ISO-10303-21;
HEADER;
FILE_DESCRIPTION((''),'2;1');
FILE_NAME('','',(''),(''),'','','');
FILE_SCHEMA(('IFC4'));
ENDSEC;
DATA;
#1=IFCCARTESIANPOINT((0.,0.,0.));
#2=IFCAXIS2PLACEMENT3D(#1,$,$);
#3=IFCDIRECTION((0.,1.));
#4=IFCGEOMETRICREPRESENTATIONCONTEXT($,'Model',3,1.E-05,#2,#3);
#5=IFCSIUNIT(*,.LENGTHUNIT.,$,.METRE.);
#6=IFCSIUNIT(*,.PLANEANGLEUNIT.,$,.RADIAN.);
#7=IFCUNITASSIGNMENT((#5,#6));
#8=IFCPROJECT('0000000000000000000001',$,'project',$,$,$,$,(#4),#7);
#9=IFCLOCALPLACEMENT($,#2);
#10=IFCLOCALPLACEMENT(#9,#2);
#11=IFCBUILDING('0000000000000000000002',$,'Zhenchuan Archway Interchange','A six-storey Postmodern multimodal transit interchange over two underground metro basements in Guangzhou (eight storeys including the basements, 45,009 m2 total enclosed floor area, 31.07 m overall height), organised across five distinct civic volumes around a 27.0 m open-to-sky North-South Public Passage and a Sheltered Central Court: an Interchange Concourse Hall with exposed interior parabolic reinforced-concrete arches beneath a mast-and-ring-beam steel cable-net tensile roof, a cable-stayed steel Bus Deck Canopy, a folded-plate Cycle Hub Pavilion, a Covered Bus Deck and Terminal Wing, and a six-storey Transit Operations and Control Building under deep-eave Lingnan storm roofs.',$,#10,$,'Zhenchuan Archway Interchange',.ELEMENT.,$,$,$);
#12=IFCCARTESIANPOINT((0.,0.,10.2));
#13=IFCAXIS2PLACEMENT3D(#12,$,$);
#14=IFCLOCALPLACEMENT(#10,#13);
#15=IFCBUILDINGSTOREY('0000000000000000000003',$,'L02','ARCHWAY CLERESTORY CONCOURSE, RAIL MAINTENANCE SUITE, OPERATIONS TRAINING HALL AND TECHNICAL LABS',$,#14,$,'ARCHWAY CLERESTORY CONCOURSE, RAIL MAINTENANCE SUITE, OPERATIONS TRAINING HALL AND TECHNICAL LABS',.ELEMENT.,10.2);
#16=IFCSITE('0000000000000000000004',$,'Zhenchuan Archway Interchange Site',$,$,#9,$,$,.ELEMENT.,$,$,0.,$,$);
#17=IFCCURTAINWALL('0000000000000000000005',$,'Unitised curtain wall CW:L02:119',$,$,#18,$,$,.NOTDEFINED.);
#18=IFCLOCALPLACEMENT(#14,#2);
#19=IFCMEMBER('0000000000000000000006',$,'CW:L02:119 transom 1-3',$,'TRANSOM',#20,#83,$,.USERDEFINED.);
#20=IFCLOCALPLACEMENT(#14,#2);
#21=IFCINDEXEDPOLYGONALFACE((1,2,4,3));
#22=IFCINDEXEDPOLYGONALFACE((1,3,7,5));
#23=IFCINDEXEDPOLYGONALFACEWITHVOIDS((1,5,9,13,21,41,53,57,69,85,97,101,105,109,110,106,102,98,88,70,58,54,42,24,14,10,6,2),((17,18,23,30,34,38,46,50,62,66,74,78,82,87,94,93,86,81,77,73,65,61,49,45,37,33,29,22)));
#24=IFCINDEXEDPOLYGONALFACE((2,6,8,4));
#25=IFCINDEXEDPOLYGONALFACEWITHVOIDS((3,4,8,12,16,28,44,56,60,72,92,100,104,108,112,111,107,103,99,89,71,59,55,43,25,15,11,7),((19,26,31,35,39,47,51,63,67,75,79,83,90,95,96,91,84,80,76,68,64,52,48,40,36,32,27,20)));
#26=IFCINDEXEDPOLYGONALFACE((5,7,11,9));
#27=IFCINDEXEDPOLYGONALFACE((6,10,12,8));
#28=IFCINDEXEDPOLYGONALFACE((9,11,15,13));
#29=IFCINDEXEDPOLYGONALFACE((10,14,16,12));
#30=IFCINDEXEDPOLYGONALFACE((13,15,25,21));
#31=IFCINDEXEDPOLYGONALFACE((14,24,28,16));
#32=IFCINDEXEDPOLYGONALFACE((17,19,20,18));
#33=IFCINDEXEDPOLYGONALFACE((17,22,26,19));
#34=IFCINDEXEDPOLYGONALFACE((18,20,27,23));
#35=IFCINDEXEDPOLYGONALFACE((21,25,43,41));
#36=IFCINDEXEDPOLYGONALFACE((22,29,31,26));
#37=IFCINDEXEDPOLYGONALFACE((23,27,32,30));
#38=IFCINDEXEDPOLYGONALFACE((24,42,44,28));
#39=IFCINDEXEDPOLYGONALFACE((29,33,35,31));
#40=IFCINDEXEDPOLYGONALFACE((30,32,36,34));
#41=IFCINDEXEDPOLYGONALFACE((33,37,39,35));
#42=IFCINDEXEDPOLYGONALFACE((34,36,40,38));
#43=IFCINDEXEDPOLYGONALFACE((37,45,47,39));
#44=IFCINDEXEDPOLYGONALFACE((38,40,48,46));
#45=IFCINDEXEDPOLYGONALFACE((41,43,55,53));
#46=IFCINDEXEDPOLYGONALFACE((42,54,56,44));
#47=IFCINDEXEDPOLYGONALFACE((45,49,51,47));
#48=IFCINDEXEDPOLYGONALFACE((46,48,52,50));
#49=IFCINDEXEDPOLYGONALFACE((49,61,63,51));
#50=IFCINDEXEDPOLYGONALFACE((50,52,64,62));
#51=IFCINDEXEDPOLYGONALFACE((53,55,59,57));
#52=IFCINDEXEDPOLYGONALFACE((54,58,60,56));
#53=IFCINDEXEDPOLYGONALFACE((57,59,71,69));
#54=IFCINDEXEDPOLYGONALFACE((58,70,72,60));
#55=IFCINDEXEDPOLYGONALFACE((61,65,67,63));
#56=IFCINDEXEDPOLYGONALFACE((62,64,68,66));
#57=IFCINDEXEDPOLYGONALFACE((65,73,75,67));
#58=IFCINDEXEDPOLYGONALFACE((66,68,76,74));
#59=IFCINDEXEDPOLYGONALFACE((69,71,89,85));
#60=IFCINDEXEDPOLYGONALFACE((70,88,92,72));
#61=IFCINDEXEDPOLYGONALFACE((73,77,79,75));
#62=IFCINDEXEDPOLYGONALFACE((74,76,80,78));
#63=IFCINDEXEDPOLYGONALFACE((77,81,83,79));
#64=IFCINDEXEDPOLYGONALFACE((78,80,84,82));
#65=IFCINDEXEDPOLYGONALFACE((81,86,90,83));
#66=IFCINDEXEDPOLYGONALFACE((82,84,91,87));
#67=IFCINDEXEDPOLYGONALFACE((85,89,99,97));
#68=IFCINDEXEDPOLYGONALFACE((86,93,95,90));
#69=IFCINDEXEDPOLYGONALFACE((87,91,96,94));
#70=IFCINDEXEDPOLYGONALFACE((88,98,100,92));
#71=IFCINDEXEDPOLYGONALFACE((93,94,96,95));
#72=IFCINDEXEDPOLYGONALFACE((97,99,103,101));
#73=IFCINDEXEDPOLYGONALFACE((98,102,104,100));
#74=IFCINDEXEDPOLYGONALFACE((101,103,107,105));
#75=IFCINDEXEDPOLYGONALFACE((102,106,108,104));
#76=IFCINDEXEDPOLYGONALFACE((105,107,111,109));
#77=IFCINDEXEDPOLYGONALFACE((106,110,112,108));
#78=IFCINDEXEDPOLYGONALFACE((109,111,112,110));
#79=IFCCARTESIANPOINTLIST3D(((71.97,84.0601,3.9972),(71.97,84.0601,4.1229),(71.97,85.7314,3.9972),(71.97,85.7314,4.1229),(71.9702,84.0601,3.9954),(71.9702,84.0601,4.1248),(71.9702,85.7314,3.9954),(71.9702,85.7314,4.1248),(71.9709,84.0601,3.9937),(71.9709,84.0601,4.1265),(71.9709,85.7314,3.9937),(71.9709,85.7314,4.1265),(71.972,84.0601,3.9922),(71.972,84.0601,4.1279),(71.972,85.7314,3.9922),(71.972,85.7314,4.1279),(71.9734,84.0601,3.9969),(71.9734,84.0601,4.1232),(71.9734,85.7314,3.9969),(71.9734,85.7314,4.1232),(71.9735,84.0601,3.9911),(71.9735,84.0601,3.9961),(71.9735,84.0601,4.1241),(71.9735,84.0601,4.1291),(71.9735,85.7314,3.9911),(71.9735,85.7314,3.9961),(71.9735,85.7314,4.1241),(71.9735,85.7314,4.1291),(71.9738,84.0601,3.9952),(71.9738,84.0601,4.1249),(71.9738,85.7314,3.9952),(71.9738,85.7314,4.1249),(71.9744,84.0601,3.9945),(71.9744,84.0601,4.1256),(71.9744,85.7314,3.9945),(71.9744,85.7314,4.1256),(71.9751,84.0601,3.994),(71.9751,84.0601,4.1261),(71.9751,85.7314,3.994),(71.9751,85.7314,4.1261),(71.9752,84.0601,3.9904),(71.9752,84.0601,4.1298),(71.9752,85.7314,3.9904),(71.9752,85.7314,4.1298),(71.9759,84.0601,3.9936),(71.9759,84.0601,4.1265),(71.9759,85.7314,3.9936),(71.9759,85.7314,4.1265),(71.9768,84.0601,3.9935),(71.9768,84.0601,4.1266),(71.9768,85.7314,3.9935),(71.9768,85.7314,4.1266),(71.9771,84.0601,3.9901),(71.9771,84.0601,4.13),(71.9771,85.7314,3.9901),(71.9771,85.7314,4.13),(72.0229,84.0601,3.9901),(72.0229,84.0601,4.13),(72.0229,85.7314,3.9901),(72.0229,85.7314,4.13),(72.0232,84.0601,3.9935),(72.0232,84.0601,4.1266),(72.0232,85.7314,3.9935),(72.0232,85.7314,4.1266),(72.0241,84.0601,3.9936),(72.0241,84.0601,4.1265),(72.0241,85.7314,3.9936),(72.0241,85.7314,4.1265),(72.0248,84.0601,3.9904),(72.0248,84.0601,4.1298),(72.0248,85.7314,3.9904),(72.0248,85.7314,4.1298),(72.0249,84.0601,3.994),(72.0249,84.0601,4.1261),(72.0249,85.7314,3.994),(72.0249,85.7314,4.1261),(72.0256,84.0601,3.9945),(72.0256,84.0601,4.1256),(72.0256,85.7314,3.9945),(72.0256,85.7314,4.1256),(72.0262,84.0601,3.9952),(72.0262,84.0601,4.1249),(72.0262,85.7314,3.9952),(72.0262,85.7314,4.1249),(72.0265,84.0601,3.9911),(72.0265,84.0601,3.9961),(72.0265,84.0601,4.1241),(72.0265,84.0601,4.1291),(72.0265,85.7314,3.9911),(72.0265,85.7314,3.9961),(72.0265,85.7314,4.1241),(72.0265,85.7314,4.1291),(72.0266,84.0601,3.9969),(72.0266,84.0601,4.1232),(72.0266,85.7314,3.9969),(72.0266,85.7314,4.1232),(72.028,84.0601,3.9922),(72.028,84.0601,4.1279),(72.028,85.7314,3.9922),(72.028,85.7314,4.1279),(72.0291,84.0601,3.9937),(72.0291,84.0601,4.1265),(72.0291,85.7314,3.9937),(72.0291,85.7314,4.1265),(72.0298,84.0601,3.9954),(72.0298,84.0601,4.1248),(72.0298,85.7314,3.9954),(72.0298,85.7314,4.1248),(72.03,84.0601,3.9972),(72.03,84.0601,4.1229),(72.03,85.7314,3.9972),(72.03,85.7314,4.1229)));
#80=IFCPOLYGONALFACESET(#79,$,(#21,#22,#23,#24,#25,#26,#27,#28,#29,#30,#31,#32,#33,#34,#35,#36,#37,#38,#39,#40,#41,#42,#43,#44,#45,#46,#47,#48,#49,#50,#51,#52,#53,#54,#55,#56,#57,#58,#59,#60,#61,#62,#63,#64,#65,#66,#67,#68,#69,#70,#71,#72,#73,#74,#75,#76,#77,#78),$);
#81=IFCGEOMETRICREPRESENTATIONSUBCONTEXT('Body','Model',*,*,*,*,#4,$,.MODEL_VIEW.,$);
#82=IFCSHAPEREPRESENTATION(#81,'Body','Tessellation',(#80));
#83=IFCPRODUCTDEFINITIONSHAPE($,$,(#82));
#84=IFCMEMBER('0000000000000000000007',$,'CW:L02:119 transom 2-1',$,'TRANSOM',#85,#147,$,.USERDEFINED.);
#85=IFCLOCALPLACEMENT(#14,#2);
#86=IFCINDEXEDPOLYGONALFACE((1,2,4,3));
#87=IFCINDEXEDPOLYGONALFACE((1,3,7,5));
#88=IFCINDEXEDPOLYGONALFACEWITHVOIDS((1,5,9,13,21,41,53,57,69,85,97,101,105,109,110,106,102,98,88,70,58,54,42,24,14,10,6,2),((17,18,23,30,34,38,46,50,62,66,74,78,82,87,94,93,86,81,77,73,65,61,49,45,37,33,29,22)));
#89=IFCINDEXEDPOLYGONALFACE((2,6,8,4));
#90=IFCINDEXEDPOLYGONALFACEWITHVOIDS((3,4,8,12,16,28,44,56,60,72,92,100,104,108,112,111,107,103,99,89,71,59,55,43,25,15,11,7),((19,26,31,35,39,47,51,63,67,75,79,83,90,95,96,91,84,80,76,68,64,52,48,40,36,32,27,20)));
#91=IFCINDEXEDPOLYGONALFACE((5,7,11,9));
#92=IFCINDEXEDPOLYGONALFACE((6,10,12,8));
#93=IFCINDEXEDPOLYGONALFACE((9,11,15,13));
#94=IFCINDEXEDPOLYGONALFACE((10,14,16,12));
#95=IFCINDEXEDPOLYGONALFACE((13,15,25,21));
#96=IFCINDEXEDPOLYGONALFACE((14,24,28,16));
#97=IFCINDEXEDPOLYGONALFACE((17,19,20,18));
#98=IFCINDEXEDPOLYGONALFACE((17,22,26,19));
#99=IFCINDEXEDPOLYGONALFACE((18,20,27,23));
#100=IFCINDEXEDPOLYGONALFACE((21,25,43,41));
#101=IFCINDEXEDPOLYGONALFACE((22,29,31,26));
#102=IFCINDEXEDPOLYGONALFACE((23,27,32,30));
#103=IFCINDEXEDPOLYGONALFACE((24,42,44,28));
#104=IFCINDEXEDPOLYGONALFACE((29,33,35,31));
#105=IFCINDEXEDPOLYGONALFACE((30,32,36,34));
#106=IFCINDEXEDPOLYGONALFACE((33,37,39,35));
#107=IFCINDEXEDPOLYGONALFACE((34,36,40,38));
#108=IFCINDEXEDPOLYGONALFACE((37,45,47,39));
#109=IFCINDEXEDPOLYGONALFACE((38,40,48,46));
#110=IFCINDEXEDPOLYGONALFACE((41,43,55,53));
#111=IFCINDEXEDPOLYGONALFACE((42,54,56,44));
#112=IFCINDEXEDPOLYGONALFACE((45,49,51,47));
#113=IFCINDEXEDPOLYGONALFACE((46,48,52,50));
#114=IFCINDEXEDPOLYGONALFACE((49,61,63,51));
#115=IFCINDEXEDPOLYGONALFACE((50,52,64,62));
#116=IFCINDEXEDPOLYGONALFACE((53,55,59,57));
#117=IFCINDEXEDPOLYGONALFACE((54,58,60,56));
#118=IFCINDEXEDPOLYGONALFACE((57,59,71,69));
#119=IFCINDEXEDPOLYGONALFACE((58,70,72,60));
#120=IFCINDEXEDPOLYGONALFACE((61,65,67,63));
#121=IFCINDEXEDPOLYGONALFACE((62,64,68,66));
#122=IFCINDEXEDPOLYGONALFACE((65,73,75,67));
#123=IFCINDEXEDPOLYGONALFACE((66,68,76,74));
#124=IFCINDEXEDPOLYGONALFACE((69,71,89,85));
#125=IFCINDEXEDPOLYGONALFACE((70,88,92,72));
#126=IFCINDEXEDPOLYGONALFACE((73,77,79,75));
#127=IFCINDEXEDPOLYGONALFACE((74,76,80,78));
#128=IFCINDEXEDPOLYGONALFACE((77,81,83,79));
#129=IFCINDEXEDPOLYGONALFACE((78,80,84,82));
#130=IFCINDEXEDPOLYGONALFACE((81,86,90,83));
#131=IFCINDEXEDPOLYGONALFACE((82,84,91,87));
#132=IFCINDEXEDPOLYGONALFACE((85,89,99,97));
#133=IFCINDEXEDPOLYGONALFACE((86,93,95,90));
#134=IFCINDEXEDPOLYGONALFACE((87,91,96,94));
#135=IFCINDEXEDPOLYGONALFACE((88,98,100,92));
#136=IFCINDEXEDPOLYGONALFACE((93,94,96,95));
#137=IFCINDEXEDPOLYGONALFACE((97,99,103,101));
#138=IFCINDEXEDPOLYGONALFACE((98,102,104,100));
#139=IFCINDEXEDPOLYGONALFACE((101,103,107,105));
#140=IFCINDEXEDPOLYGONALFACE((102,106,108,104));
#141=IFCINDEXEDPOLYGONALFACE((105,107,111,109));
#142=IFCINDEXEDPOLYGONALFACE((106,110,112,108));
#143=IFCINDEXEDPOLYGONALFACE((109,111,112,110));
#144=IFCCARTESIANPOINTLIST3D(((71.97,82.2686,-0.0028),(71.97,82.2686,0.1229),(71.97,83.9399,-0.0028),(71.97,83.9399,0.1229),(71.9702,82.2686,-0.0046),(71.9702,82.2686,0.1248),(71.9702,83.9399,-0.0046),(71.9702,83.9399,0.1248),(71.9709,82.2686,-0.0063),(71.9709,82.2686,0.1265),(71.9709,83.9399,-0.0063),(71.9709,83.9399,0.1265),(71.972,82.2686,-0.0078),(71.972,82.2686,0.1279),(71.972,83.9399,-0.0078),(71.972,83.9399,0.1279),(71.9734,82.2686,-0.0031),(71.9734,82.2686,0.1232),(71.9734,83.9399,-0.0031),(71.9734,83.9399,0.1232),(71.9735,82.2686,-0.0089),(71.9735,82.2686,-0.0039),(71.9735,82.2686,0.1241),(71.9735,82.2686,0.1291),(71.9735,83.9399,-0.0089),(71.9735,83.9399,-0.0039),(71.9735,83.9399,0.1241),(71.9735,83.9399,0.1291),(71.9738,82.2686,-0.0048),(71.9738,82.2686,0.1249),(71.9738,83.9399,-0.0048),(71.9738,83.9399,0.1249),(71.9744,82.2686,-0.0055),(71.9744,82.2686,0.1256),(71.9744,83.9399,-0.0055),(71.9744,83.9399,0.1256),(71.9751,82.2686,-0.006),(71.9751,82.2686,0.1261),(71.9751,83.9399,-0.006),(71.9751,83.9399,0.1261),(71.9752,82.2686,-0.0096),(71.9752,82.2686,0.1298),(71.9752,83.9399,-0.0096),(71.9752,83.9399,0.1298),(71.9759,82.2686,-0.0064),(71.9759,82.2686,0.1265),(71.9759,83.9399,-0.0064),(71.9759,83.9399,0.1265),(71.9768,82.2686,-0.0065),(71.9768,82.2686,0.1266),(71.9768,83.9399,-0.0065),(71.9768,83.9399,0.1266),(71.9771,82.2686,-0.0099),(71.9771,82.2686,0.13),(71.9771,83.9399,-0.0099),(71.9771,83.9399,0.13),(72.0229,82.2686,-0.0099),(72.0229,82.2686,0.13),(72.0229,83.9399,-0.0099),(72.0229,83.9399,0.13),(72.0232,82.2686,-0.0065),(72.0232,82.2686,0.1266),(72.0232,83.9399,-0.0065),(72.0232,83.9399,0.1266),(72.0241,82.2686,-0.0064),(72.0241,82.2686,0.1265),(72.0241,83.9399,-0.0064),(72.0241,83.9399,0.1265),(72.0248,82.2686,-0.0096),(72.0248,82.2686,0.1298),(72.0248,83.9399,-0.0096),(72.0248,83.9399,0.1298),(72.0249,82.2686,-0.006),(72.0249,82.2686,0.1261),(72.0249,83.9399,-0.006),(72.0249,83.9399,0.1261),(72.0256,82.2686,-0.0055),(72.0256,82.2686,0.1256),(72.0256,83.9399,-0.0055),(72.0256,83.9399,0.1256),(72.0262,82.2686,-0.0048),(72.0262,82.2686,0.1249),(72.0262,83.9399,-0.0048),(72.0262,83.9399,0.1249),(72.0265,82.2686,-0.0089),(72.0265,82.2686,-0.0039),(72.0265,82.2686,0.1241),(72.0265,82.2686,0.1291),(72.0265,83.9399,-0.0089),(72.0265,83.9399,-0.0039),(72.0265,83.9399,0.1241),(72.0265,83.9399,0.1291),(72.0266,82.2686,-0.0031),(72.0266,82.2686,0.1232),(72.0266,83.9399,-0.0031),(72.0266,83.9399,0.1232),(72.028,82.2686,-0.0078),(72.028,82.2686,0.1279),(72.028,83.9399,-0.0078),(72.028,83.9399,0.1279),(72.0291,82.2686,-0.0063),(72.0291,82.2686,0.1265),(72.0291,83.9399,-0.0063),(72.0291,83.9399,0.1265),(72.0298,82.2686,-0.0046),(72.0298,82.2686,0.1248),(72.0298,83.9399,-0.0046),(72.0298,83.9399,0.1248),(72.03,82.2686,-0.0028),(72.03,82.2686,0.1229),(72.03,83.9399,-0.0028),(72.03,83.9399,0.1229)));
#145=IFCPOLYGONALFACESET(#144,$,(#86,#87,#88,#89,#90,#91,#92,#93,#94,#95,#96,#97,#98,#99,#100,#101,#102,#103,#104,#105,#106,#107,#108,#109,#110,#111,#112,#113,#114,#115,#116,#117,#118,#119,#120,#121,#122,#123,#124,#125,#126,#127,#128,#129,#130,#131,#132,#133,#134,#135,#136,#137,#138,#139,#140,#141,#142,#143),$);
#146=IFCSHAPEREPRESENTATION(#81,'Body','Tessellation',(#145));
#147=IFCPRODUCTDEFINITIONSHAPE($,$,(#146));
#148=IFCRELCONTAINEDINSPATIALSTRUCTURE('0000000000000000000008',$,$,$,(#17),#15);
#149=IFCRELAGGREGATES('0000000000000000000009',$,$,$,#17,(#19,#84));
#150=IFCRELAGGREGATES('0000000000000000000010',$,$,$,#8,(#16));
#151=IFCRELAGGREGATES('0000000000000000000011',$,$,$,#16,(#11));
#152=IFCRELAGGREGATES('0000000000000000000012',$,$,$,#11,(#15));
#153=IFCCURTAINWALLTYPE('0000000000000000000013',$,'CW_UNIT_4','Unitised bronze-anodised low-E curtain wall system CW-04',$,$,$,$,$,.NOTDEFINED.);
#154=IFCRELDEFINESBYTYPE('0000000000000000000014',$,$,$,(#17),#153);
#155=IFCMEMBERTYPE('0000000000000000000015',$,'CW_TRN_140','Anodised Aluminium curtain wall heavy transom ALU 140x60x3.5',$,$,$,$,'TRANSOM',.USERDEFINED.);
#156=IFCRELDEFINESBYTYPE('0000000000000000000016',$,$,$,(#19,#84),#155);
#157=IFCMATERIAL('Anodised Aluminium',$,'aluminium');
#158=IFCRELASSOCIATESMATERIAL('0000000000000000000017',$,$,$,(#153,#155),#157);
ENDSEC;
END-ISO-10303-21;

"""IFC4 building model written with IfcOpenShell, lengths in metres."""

from ifc_helpers import new_model, si_unit, direction, frame, origin, origin_2d, place, context, subcontext, project, spatial, hollow_rectangle, extrude, material, material_profile, profile_set, type_object, element, aggregate, save


model = new_model("IFC4")

# Units and contexts
model_context = context("Model", 3, precision=1e-05, world=origin(), true_north=direction((0.0, 1.0)))
body_context = subcontext(model_context, "Body", "Model", "MODEL_VIEW")
ifc_project = project(units=[si_unit("LENGTHUNIT", "METRE"), si_unit("PLANEANGLEUNIT", "RADIAN")], contexts=[model_context])

# Site, building, storey
site_placement = place(None, origin())
site = spatial("IfcSite", under=ifc_project, at=site_placement, Name="Zhenchuan Archway Interchange Site", CompositionType="ELEMENT", RefElevation=0.0)
building_placement = place(site_placement, origin())
building = spatial("IfcBuilding", under=site, at=building_placement, Name="Zhenchuan Archway Interchange", Description="A six-storey Postmodern multimodal transit interchange over two underground metro basements in Guangzhou (eight storeys including the basements, 45,009 m2 total enclosed floor area, 31.07 m overall height), organised across five distinct civic volumes around a 27.0 m open-to-sky North-South Public Passage and a Sheltered Central Court: an Interchange Concourse Hall with exposed interior parabolic reinforced-concrete arches beneath a mast-and-ring-beam steel cable-net tensile roof, a cable-stayed steel Bus Deck Canopy, a folded-plate Cycle Hub Pavilion, a Covered Bus Deck and Terminal Wing, and a six-storey Transit Operations and Control Building under deep-eave Lingnan storm roofs.", LongName="Zhenchuan Archway Interchange", CompositionType="ELEMENT")
storey_placement = place(building_placement, frame((0.0, 0.0, 10.2)))
storey = spatial("IfcBuildingStorey", under=building, at=storey_placement, Name="L02", Description="ARCHWAY CLERESTORY CONCOURSE, RAIL MAINTENANCE SUITE, OPERATIONS TRAINING HALL AND TECHNICAL LABS", LongName="ARCHWAY CLERESTORY CONCOURSE, RAIL MAINTENANCE SUITE, OPERATIONS TRAINING HALL AND TECHNICAL LABS", CompositionType="ELEMENT", Elevation=10.2)

# Curtain wall, members
ifc_material_1 = material(Name="Anodised Aluminium", Category="aluminium")
curtain_wall_type = type_object("IfcCurtainWallType", Name="CW_UNIT_4", Description="Unitised bronze-anodised low-E curtain wall system CW-04", PredefinedType="NOTDEFINED", material=ifc_material_1)
curtain_wall_placement = place(storey_placement, origin())
curtain_wall = element("IfcCurtainWall", 1, at=curtain_wall_placement, inside=storey, type_object=curtain_wall_type, Name="Unitised curtain wall CW:L02:119", PredefinedType="NOTDEFINED")
ifc_material_profile_1 = material_profile(ifc_material_1, hollow_rectangle(XDim=0.0601, YDim=0.1399, WallThickness=0.0034, InnerFilletRadius=0.0034, OuterFilletRadius=0.0071, at=origin_2d()), Name="ALU 140x60x3.5")
ifc_profile_set_1 = profile_set([ifc_material_profile_1], Name="Anodised Aluminium")
member_type_1 = type_object("IfcMemberType", Name="CW_TRN_140", Description="Anodised Aluminium curtain wall heavy transom ALU 140x60x3.5", ElementType="TRANSOM", PredefinedType="USERDEFINED", material=ifc_profile_set_1)
member_1_placement = place(storey_placement, frame((72.0, 85.7314, 4.0601), z_axis=(0.0, -1.0, 0.0), x_axis=(1.0, 0.0, 0.0)))
member_1 = element("IfcMember", 2, at=member_1_placement, type_object=member_type_1, Name="CW:L02:119 transom 1-3", ObjectType="TRANSOM", PredefinedType="USERDEFINED", context=body_context, shape_type="SweptSolid", body=[
    extrude(hollow_rectangle(XDim=0.0601, YDim=0.1399, WallThickness=0.0034, InnerFilletRadius=0.0034, OuterFilletRadius=0.0071, at=origin_2d()), origin(), (0.0, 0.0, 1.0), 1.6714),
])
member_2_placement = place(storey_placement, frame((72.0, 83.9399, 0.0601), z_axis=(0.0, -1.0, 0.0), x_axis=(1.0, 0.0, 0.0)))
member_2 = element("IfcMember", 3, at=member_2_placement, type_object=member_type_1, Name="CW:L02:119 transom 2-1", ObjectType="TRANSOM", PredefinedType="USERDEFINED", context=body_context, shape_type="SweptSolid", body=[
    extrude(hollow_rectangle(XDim=0.0601, YDim=0.1399, WallThickness=0.0034, InnerFilletRadius=0.0034, OuterFilletRadius=0.0071, at=origin_2d()), origin(), (0.0, 0.0, 1.0), 1.6714),
])
aggregate(curtain_wall, [member_1, member_2])

save(model, "model.ifc")
